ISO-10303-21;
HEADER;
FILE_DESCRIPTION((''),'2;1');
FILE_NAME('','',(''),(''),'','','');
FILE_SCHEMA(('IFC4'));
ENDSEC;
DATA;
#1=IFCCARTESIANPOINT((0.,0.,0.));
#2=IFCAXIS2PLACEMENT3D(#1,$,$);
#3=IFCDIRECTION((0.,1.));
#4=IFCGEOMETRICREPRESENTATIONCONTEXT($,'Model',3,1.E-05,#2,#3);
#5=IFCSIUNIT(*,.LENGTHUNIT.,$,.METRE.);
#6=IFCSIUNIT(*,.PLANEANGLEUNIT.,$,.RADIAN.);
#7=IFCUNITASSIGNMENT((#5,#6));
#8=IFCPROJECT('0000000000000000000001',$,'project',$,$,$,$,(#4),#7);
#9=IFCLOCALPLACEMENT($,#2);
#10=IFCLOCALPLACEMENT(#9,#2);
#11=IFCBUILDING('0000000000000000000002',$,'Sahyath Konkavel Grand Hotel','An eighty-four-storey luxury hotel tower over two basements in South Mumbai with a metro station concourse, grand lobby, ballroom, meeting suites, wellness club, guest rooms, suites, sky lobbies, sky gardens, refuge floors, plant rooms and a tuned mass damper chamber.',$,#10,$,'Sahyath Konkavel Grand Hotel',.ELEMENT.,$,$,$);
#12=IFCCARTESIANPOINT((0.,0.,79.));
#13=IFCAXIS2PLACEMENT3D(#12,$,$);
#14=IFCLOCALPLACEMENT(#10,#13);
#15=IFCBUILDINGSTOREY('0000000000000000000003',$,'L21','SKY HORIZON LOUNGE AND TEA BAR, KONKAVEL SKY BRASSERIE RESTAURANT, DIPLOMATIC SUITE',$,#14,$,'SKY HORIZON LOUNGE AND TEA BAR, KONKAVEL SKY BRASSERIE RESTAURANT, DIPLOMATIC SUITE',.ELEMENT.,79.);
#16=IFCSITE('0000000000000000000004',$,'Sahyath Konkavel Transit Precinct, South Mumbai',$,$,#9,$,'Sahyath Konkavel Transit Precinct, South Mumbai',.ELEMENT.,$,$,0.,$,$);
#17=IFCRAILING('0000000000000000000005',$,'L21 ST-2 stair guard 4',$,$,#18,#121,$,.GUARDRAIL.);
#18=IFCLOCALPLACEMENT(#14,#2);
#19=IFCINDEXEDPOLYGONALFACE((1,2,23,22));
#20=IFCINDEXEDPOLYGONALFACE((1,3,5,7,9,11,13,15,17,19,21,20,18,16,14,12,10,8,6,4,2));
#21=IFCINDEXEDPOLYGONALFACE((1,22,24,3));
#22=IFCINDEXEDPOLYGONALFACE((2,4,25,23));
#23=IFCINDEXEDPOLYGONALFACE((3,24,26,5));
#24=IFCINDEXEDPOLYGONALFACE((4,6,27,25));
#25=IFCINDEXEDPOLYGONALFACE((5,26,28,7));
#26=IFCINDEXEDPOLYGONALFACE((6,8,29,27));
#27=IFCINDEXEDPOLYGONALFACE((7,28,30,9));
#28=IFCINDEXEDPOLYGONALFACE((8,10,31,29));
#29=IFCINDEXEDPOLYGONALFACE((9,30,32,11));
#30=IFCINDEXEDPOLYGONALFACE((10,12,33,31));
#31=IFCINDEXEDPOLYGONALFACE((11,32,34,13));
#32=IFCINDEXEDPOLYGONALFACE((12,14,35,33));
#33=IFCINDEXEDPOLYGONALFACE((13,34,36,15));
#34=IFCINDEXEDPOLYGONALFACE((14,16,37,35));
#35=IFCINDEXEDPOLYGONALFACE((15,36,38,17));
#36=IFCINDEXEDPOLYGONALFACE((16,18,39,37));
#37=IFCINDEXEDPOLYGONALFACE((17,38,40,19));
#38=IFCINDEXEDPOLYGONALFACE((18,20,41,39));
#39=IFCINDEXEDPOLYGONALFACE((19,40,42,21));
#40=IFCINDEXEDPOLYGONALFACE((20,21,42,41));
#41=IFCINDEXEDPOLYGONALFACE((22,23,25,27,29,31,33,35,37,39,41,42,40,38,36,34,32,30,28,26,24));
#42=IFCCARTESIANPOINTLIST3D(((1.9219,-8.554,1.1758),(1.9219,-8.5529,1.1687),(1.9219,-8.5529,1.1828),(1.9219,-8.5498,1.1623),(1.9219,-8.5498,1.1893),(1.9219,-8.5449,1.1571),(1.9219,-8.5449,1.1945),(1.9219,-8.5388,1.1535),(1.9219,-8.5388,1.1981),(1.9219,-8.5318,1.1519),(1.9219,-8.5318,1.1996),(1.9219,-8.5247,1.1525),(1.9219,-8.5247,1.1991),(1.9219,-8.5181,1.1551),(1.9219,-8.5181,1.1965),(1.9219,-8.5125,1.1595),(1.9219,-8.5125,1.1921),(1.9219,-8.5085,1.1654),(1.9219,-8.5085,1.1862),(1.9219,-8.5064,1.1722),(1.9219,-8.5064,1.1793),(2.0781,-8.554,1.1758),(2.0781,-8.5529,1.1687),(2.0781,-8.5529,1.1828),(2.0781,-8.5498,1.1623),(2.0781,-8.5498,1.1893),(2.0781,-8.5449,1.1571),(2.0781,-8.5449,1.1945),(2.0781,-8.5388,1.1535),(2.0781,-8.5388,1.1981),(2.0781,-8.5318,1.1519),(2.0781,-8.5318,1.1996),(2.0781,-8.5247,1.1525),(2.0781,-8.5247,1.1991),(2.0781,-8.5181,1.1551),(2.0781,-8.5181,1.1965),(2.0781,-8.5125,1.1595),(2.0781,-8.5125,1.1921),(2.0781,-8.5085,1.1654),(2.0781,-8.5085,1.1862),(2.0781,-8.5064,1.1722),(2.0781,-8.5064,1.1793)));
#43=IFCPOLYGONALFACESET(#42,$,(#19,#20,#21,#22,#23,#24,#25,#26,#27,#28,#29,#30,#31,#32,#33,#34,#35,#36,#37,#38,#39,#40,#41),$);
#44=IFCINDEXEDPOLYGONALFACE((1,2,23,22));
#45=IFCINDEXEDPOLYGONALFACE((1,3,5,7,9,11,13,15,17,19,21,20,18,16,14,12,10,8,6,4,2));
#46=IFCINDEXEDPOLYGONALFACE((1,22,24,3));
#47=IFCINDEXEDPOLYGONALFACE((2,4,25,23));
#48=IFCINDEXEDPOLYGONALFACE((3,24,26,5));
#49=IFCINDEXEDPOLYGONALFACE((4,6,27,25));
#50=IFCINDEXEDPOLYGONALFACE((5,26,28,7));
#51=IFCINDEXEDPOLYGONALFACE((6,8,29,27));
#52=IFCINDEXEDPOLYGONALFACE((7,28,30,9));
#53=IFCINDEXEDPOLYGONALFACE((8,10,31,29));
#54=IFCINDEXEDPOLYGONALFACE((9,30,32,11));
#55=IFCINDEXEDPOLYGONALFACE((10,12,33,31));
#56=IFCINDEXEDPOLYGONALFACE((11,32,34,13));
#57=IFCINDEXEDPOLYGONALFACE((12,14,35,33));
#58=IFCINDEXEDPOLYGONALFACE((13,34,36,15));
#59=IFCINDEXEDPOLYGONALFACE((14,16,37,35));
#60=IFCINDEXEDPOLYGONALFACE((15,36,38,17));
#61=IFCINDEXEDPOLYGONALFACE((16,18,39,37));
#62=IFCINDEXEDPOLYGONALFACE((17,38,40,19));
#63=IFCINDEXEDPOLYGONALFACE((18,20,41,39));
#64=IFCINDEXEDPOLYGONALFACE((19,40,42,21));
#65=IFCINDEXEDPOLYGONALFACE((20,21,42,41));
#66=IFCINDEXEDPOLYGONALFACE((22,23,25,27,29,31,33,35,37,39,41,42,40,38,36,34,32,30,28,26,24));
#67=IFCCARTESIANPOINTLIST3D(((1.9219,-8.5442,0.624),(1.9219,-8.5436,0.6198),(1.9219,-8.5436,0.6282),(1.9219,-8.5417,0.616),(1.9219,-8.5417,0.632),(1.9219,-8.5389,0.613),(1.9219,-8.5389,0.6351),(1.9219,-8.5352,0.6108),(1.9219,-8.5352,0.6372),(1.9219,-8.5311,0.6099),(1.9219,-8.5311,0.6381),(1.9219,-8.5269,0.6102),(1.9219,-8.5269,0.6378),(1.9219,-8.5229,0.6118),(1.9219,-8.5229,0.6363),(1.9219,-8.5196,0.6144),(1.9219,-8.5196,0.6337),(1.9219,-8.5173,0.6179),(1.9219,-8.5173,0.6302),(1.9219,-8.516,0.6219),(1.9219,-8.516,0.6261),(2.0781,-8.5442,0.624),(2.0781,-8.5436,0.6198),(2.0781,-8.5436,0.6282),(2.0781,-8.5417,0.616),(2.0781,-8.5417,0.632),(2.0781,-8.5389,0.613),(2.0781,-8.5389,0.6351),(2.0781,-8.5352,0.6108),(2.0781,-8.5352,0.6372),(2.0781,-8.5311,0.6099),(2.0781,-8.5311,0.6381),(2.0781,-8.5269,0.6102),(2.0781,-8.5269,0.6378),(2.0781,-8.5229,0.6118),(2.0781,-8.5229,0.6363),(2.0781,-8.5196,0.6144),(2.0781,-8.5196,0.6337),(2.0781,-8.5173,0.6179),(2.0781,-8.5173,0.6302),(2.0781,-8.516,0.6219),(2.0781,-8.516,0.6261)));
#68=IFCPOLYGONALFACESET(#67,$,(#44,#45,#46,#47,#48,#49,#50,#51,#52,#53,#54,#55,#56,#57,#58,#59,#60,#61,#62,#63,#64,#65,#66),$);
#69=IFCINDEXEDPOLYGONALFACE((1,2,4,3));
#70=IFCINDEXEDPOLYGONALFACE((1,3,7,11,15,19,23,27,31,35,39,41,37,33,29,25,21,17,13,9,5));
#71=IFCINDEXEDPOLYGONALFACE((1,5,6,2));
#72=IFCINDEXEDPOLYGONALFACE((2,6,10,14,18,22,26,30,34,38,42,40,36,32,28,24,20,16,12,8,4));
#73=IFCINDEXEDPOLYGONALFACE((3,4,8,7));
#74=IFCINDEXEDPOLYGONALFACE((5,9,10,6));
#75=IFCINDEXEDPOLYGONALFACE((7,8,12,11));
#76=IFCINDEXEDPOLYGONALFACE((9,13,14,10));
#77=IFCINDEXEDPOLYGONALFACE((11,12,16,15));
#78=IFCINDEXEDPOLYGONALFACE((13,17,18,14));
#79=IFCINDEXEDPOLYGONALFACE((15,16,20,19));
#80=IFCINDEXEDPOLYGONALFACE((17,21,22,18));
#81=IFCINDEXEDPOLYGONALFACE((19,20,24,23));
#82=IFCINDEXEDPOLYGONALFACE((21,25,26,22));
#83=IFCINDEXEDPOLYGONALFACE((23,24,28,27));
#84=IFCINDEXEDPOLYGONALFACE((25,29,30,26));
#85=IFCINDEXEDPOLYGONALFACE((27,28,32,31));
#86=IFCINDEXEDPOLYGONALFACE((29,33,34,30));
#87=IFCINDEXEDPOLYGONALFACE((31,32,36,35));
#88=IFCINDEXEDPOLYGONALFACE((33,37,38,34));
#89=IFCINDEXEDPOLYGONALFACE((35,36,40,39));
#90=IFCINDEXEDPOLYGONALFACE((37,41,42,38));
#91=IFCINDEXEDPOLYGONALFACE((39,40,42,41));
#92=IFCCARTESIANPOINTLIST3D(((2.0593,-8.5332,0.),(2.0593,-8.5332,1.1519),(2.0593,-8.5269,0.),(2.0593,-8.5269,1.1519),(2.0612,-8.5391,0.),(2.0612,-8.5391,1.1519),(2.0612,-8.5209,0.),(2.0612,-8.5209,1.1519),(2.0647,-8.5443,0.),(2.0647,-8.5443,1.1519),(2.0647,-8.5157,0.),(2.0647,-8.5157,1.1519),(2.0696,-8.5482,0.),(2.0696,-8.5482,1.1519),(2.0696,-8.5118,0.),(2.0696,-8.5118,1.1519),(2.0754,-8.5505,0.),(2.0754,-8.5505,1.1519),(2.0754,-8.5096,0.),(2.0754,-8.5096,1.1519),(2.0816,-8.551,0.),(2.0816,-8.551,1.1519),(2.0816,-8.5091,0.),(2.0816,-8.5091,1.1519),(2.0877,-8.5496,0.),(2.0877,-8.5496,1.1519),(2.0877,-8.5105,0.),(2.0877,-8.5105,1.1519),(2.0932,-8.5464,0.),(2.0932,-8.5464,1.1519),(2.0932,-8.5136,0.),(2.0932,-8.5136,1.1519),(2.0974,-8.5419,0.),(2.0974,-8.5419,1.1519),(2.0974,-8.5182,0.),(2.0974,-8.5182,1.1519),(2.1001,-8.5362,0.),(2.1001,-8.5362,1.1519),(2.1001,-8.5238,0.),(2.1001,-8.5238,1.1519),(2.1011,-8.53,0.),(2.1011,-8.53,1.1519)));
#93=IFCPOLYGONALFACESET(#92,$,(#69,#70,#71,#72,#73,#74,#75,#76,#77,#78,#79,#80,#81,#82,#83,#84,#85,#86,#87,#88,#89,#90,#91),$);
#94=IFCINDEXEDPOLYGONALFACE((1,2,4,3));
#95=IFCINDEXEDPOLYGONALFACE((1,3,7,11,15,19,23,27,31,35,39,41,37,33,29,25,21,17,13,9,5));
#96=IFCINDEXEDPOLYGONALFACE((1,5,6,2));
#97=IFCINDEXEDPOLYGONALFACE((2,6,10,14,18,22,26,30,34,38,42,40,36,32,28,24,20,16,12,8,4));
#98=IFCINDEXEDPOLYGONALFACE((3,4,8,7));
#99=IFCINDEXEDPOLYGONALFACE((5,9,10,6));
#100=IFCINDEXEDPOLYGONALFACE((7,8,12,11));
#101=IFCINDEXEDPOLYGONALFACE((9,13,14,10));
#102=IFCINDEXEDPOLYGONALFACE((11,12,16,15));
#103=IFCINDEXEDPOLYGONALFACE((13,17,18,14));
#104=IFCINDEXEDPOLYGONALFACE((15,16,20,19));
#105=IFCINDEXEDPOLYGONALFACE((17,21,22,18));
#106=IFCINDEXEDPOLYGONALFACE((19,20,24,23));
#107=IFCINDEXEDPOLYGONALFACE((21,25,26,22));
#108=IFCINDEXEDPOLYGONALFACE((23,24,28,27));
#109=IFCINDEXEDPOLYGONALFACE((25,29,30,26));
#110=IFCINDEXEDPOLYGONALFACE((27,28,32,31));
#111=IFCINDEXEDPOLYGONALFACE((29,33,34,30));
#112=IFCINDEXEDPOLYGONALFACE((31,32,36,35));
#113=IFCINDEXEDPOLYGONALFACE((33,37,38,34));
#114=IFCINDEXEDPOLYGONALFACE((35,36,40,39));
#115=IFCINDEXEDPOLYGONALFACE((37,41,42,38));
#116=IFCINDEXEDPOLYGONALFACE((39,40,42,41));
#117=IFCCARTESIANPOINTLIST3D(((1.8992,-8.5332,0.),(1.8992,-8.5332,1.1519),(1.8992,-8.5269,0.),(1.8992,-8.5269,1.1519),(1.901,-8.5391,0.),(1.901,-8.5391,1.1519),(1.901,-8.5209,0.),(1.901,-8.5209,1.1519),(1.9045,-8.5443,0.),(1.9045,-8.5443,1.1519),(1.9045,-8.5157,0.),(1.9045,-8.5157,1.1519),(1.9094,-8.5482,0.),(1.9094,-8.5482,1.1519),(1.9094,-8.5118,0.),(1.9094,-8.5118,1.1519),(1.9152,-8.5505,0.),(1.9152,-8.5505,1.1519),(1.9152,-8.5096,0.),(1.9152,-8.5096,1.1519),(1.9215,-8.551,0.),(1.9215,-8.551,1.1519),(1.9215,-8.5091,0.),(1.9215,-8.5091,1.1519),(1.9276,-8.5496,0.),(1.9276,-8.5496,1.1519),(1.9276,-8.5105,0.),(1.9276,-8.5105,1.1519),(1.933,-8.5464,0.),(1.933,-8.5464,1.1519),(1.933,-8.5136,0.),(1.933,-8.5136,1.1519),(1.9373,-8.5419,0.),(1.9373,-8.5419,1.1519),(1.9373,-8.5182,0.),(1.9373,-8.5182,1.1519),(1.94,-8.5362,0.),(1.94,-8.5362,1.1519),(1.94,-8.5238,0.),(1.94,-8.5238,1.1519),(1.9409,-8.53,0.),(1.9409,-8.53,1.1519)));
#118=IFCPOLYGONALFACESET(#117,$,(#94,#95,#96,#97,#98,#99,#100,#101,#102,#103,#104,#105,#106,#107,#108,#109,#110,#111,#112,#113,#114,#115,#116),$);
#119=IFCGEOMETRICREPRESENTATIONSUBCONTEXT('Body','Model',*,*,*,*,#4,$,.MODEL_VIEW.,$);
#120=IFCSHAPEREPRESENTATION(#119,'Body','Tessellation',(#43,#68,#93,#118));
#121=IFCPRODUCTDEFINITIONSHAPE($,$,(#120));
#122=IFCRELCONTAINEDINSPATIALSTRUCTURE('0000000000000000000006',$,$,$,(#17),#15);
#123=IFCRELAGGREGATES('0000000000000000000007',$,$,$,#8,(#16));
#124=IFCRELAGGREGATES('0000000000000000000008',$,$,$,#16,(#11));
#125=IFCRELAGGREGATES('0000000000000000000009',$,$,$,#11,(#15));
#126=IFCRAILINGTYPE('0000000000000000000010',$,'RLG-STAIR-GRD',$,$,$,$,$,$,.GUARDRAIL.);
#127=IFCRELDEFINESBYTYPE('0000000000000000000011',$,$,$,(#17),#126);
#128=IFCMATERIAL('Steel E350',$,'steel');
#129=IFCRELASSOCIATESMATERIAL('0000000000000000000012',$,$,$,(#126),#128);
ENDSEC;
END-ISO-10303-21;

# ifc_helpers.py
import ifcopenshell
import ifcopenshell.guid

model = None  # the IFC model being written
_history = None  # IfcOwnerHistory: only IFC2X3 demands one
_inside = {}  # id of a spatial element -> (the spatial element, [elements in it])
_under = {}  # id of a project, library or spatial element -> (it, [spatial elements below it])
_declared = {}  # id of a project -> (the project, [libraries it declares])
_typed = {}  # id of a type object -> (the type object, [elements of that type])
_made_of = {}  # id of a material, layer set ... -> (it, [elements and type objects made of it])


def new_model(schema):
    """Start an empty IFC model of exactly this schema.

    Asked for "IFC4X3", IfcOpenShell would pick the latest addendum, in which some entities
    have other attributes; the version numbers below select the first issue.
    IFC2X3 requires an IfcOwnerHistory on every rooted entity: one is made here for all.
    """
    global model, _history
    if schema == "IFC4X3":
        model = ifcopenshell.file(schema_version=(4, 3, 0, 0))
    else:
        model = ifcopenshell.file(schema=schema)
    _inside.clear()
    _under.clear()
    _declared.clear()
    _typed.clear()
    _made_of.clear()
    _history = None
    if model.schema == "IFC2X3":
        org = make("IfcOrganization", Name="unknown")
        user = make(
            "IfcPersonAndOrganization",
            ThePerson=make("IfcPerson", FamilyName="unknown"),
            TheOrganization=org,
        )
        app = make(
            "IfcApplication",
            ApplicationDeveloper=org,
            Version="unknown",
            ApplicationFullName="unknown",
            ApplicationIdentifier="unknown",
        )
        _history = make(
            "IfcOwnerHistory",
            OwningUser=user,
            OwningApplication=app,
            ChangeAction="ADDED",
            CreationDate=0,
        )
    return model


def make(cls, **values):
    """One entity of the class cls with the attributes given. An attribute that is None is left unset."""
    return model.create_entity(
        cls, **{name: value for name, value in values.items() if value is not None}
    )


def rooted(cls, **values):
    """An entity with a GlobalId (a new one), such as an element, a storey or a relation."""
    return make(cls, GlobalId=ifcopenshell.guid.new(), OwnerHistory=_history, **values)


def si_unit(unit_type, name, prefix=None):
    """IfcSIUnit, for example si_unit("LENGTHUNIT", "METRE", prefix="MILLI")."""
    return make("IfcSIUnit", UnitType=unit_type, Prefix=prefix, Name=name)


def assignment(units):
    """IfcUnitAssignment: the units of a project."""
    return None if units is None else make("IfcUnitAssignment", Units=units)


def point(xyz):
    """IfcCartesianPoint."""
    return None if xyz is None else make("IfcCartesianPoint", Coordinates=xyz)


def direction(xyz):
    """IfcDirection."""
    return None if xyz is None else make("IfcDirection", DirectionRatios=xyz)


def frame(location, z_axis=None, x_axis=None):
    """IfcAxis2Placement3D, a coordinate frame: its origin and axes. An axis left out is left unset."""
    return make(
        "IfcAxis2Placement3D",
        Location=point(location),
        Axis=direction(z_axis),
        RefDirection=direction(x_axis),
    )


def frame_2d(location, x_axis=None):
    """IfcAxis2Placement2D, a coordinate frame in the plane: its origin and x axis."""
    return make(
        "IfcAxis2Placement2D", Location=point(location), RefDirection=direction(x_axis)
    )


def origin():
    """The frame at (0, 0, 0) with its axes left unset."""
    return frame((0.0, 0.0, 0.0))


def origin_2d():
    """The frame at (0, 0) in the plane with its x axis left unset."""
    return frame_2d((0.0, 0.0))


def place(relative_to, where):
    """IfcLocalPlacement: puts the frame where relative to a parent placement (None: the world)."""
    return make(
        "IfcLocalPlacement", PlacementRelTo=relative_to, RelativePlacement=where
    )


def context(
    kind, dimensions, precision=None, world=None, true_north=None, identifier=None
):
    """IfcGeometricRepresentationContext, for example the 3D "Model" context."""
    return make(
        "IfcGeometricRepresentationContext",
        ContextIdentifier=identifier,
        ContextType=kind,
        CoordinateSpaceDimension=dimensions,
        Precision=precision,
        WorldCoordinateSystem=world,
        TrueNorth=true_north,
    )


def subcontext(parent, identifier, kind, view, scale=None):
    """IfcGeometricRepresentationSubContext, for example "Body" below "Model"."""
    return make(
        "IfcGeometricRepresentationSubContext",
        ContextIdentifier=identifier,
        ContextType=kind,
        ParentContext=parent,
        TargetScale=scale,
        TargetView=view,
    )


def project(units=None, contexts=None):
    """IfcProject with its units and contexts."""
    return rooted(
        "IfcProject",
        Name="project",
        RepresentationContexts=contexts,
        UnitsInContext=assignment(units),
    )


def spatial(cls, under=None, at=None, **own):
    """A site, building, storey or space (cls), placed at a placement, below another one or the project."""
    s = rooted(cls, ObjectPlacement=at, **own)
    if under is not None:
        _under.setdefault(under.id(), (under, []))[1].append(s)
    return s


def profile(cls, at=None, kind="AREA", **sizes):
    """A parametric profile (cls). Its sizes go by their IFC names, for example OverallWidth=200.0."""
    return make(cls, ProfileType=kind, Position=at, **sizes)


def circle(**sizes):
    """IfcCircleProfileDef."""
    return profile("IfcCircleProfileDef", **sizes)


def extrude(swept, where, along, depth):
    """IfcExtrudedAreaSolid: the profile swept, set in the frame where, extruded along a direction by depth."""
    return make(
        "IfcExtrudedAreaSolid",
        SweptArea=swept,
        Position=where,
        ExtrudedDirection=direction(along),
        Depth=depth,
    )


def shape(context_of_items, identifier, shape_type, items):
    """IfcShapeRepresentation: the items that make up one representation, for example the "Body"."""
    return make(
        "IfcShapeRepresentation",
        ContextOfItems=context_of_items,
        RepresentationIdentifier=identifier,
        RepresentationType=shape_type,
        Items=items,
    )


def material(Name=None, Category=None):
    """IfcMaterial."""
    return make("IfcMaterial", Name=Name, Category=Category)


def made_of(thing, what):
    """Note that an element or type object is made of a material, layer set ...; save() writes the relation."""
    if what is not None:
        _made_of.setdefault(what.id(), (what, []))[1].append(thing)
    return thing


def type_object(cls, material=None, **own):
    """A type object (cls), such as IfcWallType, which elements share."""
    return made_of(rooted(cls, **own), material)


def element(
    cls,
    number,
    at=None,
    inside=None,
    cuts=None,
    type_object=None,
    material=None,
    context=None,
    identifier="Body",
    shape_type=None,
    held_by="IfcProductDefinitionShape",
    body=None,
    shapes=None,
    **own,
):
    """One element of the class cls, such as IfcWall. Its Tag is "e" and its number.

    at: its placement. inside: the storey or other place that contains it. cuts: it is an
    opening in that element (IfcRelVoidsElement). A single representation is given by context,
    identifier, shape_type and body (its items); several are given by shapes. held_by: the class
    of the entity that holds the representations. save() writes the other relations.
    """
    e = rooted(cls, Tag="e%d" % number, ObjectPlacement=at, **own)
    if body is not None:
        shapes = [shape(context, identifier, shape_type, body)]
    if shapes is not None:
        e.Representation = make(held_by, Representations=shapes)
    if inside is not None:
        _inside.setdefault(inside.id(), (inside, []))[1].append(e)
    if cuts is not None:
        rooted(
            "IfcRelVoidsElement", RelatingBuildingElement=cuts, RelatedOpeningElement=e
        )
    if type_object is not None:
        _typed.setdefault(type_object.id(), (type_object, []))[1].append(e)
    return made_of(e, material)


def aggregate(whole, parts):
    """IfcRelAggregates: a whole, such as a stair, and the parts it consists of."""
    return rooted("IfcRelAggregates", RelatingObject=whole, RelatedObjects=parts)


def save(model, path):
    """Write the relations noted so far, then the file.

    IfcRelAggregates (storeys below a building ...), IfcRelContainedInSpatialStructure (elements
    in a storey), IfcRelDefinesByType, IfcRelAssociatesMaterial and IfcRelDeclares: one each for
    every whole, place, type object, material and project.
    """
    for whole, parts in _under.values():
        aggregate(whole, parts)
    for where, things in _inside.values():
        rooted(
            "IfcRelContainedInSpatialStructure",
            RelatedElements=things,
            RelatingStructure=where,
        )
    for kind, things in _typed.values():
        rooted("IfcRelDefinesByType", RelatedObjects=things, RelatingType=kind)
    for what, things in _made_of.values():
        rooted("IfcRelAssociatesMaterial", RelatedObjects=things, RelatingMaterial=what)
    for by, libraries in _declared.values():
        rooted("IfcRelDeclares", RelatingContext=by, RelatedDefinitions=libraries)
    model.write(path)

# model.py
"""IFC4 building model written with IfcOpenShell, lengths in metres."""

from ifc_helpers import new_model, si_unit, direction, frame, origin, origin_2d, place, context, subcontext, project, spatial, circle, extrude, material, type_object, element, save


model = new_model("IFC4")

# Units and contexts
model_context = context("Model", 3, precision=1e-05, world=origin(), true_north=direction((0.0, 1.0)))
body_context = subcontext(model_context, "Body", "Model", "MODEL_VIEW")
ifc_project = project(units=[si_unit("LENGTHUNIT", "METRE"), si_unit("PLANEANGLEUNIT", "RADIAN")], contexts=[model_context])

# Site, building, storey
site_placement = place(None, origin())
site = spatial("IfcSite", under=ifc_project, at=site_placement, Name="Sahyath Konkavel Transit Precinct, South Mumbai", LongName="Sahyath Konkavel Transit Precinct, South Mumbai", CompositionType="ELEMENT", RefElevation=0.0)
building_placement = place(site_placement, origin())
building = spatial("IfcBuilding", under=site, at=building_placement, Name="Sahyath Konkavel Grand Hotel", Description="An eighty-four-storey luxury hotel tower over two basements in South Mumbai with a metro station concourse, grand lobby, ballroom, meeting suites, wellness club, guest rooms, suites, sky lobbies, sky gardens, refuge floors, plant rooms and a tuned mass damper chamber.", LongName="Sahyath Konkavel Grand Hotel", CompositionType="ELEMENT")
storey_placement = place(building_placement, frame((0.0, 0.0, 79.0)))
storey = spatial("IfcBuildingStorey", under=building, at=storey_placement, Name="L21", Description="SKY HORIZON LOUNGE AND TEA BAR, KONKAVEL SKY BRASSERIE RESTAURANT, DIPLOMATIC SUITE", LongName="SKY HORIZON LOUNGE AND TEA BAR, KONKAVEL SKY BRASSERIE RESTAURANT, DIPLOMATIC SUITE", CompositionType="ELEMENT", Elevation=79.0)

# Shared definitions
ifc_material_1 = material(Name="Steel E350", Category="steel")

# Railing
railing_type_1 = type_object("IfcRailingType", Name="RLG-STAIR-GRD", PredefinedType="GUARDRAIL", material=ifc_material_1)
railing_1_placement = place(storey_placement, frame((2.0801, -8.53, 0.0)))
element("IfcRailing", 1, at=railing_1_placement, inside=storey, type_object=railing_type_1, Name="L21 ST-2 stair guard 4", PredefinedType="GUARDRAIL", context=body_context, shape_type="SweptSolid", body=[
    extrude(circle(Radius=0.0239, at=origin_2d()), frame((-0.002, 0.0, 1.1758), z_axis=(-1.0, 0.0, 0.0), x_axis=(0.0, -1.0, 0.0)), (0.0, 0.0, 1.0), 0.1562),
    extrude(circle(Radius=0.0142, at=origin_2d()), frame((-0.002, 0.0, 0.624), z_axis=(-1.0, 0.0, 0.0), x_axis=(0.0, -1.0, 0.0)), (0.0, 0.0, 1.0), 0.1562),
    extrude(circle(Radius=0.021, at=origin_2d()), origin(), (0.0, 0.0, 1.0), 1.1519),
    extrude(circle(Radius=0.021, at=origin_2d()), frame((-0.1602, 0.0, 0.0)), (0.0, 0.0, 1.0), 1.1519),
])

save(model, "model.ifc")
